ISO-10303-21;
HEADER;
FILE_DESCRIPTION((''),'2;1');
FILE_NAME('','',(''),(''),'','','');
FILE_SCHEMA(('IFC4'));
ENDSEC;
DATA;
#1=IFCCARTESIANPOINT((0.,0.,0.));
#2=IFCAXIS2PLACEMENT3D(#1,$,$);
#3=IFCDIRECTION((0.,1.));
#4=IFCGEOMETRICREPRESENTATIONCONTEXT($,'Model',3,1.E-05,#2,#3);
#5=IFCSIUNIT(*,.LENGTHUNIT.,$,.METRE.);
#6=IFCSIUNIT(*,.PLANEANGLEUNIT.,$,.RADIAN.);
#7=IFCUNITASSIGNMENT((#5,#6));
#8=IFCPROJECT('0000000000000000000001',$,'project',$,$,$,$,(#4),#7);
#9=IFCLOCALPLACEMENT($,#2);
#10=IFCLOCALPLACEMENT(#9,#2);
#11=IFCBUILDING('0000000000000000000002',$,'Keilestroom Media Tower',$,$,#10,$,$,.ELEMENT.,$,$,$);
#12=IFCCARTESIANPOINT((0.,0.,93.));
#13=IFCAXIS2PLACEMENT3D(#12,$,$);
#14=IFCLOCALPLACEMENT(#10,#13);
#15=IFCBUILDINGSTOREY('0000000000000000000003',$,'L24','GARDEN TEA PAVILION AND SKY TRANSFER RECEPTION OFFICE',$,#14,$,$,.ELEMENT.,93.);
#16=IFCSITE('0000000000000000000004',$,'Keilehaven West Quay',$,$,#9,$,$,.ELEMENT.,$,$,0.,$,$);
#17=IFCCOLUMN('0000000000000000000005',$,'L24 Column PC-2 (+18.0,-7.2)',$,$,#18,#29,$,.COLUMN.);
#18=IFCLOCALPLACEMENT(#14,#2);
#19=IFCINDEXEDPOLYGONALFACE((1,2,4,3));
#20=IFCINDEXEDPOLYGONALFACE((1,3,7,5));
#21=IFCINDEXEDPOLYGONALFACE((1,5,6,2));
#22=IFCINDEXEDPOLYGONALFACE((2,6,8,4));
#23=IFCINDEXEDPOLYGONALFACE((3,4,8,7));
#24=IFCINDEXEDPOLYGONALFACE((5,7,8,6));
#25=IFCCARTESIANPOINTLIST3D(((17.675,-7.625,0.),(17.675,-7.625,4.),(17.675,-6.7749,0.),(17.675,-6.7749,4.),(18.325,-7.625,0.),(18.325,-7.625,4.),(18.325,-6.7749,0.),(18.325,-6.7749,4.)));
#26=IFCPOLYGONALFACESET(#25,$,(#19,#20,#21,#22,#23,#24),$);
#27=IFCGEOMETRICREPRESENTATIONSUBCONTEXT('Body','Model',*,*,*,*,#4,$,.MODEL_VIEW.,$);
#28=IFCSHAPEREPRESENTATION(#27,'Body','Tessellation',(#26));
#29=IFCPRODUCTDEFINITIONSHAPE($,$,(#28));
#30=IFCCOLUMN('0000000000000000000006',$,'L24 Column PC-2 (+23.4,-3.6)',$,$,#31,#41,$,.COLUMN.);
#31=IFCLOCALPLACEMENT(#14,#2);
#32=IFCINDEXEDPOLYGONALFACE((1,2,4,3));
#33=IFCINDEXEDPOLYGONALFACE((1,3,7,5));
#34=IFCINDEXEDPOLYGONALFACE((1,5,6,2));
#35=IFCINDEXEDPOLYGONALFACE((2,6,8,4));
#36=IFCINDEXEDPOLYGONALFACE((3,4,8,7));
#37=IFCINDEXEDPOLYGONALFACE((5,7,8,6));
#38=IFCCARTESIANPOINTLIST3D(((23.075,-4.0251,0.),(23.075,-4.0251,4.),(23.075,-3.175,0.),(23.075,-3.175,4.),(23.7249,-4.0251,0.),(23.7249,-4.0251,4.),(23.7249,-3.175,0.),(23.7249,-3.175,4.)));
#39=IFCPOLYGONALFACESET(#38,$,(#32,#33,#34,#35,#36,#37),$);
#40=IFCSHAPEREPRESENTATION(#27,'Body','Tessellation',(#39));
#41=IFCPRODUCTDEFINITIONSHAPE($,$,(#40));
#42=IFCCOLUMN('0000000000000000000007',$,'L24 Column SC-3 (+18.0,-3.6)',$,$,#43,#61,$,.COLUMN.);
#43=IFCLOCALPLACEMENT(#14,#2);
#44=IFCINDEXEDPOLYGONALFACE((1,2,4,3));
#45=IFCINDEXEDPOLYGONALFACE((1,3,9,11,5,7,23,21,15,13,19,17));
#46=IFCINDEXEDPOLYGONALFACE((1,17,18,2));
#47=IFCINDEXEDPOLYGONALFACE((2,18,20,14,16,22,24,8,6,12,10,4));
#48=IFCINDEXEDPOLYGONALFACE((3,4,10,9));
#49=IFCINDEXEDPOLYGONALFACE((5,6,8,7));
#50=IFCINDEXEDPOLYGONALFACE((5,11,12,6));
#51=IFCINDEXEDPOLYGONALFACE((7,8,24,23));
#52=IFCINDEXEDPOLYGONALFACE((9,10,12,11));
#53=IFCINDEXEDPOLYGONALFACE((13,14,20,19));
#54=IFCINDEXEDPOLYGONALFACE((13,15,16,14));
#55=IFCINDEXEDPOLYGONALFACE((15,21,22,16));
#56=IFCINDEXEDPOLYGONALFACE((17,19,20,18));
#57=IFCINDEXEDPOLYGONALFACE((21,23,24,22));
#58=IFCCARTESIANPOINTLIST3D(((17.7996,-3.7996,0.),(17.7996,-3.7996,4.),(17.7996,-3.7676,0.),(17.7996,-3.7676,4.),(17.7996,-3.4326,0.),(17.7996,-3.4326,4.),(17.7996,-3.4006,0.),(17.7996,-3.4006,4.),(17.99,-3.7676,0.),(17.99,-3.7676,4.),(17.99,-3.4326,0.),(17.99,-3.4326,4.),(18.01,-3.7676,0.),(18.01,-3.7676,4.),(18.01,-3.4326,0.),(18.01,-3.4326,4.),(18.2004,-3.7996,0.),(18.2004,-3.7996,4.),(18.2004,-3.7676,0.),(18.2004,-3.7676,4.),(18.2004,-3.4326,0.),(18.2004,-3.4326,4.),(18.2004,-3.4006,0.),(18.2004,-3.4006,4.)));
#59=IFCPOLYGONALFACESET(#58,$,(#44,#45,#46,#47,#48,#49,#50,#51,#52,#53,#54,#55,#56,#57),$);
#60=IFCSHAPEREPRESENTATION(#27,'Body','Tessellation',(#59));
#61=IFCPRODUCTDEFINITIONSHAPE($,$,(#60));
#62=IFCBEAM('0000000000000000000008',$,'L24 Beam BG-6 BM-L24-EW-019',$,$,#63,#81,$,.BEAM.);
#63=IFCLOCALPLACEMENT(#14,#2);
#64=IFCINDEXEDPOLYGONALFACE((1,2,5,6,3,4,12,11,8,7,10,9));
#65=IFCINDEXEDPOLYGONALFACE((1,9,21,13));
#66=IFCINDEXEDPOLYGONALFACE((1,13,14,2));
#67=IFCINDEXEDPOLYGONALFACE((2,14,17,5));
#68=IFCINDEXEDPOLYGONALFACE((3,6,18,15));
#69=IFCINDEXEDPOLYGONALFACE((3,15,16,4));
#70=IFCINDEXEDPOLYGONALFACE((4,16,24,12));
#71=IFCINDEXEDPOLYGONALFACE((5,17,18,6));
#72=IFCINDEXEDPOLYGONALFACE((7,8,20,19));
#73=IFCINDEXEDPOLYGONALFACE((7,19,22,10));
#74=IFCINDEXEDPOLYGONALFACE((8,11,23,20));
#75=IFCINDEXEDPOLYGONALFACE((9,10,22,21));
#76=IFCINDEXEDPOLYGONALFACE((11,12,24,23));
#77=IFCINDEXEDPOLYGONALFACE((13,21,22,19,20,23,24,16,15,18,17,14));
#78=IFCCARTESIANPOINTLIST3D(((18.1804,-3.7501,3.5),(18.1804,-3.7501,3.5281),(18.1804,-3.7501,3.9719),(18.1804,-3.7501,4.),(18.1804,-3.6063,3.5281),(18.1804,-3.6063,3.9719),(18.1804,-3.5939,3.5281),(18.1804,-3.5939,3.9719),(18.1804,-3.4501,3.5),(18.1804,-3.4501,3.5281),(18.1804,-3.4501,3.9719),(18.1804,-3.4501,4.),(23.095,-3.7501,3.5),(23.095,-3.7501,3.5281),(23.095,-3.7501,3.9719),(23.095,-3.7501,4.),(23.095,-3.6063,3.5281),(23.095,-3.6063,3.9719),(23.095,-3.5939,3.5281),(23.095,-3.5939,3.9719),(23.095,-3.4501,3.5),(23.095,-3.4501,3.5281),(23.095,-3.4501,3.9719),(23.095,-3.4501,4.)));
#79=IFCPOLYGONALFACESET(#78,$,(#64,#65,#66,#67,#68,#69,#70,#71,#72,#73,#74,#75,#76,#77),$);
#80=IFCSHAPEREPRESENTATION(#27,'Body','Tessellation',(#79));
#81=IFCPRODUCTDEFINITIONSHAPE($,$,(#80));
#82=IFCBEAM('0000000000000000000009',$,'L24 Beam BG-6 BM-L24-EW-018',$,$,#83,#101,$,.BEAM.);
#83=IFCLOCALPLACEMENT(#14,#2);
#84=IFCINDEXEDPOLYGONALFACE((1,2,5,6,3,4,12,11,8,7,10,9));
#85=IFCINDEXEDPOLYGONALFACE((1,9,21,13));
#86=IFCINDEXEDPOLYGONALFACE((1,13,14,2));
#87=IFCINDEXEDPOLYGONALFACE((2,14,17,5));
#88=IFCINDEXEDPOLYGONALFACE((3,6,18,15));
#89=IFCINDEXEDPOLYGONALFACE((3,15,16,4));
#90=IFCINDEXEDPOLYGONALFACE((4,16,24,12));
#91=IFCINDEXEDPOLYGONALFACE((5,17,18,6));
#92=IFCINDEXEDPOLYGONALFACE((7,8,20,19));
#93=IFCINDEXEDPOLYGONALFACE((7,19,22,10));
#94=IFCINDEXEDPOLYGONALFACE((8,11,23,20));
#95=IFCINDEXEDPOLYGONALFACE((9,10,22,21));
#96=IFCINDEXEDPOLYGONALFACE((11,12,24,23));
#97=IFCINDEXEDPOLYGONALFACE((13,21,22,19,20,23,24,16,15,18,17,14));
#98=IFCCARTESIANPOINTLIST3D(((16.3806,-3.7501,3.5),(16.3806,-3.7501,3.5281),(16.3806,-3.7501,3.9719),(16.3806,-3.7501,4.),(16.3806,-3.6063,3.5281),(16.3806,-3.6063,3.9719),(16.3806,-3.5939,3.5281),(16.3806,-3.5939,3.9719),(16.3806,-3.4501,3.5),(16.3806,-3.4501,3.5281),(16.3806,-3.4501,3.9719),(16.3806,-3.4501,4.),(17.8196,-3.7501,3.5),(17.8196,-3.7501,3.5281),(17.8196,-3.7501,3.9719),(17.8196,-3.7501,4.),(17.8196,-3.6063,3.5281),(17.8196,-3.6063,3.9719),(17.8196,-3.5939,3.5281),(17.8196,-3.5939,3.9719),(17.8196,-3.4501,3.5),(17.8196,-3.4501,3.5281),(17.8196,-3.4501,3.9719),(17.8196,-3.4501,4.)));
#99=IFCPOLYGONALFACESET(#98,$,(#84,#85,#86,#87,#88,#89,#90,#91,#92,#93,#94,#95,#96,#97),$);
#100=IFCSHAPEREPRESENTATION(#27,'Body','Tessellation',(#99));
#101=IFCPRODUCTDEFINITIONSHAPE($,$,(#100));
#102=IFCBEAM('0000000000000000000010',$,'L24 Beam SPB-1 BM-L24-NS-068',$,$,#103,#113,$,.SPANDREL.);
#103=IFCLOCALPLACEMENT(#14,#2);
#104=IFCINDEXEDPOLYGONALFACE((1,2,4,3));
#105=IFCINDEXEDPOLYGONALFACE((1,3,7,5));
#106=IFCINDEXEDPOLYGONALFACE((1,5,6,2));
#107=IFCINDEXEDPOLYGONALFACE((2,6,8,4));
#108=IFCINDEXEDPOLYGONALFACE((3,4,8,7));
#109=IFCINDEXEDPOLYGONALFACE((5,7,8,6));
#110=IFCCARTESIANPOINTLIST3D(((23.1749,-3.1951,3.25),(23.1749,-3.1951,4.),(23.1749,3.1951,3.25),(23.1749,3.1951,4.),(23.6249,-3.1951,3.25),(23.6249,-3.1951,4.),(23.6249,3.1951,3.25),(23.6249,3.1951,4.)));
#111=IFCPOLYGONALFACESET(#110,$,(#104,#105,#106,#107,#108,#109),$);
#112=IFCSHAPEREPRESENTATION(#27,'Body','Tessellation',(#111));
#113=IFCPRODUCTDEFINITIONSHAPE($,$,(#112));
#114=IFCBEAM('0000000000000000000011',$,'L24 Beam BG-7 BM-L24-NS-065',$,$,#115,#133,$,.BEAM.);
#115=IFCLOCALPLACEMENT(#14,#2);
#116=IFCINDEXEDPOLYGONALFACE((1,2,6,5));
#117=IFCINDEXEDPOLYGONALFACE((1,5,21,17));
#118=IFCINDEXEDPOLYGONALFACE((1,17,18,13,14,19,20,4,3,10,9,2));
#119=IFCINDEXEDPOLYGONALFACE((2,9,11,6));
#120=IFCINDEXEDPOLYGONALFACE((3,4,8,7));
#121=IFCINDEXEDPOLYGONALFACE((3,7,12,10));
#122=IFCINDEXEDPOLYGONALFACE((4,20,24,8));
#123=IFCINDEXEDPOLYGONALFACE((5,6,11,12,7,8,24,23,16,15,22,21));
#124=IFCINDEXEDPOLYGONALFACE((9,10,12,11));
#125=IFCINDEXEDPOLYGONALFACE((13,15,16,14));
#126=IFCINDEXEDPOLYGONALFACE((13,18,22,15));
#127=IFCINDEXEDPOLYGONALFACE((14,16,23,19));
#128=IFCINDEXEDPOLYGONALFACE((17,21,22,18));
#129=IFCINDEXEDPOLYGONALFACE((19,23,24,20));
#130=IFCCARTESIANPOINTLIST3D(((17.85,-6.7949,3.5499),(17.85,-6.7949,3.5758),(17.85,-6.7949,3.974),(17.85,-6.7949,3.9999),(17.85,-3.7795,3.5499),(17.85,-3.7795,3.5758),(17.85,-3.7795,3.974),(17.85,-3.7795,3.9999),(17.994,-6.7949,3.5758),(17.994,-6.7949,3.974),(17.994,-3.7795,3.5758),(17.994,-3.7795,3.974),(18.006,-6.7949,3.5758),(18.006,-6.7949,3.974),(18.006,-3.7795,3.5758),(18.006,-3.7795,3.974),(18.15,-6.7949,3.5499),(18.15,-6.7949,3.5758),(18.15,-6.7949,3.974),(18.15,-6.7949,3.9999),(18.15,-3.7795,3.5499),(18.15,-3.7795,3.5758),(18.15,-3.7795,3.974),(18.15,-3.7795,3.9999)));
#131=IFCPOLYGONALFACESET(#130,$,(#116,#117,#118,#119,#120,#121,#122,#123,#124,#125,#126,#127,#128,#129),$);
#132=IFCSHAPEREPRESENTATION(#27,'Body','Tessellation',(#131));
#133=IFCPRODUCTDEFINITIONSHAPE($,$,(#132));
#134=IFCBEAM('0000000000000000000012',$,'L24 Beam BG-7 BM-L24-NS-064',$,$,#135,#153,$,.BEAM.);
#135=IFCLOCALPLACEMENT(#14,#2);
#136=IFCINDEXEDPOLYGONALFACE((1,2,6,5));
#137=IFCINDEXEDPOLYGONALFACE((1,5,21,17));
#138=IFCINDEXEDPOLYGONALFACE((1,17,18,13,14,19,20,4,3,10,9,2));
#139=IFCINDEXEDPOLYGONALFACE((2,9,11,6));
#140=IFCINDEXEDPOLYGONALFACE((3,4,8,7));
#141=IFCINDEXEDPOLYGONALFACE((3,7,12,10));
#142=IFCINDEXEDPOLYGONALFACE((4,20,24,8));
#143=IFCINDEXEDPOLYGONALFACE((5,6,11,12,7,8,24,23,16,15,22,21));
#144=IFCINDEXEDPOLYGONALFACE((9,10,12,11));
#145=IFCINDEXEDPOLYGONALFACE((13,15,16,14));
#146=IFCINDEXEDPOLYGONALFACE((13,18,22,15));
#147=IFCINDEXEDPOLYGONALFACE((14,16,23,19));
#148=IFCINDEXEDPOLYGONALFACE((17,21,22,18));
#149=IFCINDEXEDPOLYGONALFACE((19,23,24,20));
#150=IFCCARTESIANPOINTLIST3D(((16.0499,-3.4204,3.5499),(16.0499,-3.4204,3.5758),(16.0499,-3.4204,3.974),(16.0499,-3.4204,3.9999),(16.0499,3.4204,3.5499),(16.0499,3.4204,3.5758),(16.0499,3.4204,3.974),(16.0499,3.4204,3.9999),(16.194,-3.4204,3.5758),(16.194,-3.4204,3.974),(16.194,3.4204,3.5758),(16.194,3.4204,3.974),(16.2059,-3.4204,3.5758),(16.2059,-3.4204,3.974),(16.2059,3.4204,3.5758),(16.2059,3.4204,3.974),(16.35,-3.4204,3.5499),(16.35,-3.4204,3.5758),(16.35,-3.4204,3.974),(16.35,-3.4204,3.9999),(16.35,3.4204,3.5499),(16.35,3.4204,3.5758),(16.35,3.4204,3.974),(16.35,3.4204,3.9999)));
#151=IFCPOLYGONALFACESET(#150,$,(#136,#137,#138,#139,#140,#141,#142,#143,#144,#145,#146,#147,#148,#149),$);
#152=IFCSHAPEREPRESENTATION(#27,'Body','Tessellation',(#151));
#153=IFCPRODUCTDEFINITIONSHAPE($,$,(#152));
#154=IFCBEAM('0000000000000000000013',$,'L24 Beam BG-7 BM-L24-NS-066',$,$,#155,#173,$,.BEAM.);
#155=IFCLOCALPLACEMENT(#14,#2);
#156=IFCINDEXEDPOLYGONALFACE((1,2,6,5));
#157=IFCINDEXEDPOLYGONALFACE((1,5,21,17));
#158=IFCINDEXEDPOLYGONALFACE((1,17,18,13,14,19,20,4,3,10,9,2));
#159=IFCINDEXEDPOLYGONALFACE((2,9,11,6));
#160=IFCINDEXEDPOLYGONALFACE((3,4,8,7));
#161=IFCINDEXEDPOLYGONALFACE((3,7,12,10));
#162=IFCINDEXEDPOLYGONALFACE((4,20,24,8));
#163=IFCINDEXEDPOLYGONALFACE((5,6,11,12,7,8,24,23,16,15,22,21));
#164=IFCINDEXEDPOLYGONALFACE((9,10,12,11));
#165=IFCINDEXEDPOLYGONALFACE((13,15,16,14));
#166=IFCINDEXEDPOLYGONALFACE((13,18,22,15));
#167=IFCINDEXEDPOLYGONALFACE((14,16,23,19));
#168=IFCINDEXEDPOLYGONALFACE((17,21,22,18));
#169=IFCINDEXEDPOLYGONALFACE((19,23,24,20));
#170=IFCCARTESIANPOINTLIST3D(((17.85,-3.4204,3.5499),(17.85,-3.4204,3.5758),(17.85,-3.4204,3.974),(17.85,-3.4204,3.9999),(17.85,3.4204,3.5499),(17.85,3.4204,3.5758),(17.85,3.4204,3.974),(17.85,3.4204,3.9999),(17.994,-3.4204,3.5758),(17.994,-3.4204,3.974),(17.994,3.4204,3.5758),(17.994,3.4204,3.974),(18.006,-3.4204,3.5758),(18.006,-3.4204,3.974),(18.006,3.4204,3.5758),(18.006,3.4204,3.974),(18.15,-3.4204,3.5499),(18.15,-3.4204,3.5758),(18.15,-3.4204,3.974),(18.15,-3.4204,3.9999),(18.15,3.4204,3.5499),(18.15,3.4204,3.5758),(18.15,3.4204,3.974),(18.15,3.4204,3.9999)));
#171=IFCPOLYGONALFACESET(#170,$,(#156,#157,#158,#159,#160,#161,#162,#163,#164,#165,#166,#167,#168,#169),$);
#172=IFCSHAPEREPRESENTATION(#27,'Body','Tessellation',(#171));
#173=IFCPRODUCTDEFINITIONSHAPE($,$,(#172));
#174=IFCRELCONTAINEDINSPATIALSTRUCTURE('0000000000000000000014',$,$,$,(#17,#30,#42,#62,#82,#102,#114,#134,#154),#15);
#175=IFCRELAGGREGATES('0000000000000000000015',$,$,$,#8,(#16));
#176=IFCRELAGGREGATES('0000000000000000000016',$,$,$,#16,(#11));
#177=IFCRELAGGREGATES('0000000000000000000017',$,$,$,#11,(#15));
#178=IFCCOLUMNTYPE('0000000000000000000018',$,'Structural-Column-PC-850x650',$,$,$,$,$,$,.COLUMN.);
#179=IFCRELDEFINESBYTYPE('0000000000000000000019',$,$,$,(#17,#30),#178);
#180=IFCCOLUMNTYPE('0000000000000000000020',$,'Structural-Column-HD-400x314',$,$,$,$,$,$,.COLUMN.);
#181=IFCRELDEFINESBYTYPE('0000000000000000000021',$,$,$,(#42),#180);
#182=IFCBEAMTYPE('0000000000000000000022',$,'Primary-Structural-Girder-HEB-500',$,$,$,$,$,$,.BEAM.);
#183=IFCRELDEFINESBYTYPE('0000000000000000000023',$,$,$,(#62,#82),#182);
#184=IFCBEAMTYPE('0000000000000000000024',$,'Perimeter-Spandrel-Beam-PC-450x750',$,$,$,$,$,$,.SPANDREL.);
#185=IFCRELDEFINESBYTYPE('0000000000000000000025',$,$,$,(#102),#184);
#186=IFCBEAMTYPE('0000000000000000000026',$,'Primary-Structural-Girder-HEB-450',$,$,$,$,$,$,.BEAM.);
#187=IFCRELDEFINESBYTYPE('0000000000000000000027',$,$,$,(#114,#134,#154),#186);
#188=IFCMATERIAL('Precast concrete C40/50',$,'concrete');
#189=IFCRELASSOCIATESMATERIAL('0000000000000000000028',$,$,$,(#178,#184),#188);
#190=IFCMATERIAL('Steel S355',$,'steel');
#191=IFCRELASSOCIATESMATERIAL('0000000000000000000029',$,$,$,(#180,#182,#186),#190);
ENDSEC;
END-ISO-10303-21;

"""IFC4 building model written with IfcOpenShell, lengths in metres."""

from ifc_helpers import new_model, si_unit, direction, frame, origin, origin_2d, place, context, subcontext, project, spatial, rectangle, i_section, extrude, source, transform, mapped, material, material_profile, profile_set, type_object, element, save


model = new_model("IFC4")

# Units and contexts
model_context = context("Model", 3, precision=1e-05, world=origin(), true_north=direction((0.0, 1.0)))
body_context = subcontext(model_context, "Body", "Model", "MODEL_VIEW")
ifc_project = project(units=[si_unit("LENGTHUNIT", "METRE"), si_unit("PLANEANGLEUNIT", "RADIAN")], contexts=[model_context])

# Site, building, storey
site_placement = place(None, origin())
site = spatial("IfcSite", under=ifc_project, at=site_placement, Name="Keilehaven West Quay", CompositionType="ELEMENT", RefElevation=0.0)
building_placement = place(site_placement, origin())
building = spatial("IfcBuilding", under=site, at=building_placement, Name="Keilestroom Media Tower", CompositionType="ELEMENT")
storey_placement = place(building_placement, frame((0.0, 0.0, 93.0)))
storey = spatial("IfcBuildingStorey", under=building, at=storey_placement, Name="L24", Description="GARDEN TEA PAVILION AND SKY TRANSFER RECEPTION OFFICE", CompositionType="ELEMENT", Elevation=93.0)

# Columns
ifc_material_1 = material(Name="Precast concrete C40/50", Category="concrete")
ifc_material_profile_1 = material_profile(ifc_material_1, rectangle(XDim=0.6499, YDim=0.8501, at=origin_2d()), Name="PC 850x650")
ifc_profile_set_1 = profile_set([ifc_material_profile_1], Name="Precast concrete C40/50")
column_type_1 = type_object("IfcColumnType", Name="Structural-Column-PC-850x650", PredefinedType="COLUMN", material=ifc_profile_set_1)
shared_shape_1 = source(origin(), body_context, "Body", "SweptSolid", [
    extrude(rectangle(XDim=0.6499, YDim=0.8501, at=origin_2d()), origin(), (0.0, 0.0, 1.0), 4.0),
])
for number, where, z_axis, x_axis, name in (
    (1, (18.0, -7.2, 0.0), (0.0, 0.0, 1.0), (1.0, 0.0, 0.0), "L24 Column PC-2 (+18.0,-7.2)"),
    (2, (23.3999, -3.6001, 0.0), (0.0, 0.0, 1.0), (1.0, 0.0, 0.0), "L24 Column PC-2 (+23.4,-3.6)"),
):
    element("IfcColumn", number, at=place(storey_placement, frame(where, z_axis=z_axis, x_axis=x_axis)), inside=storey, type_object=column_type_1, Name=name, PredefinedType="COLUMN", context=body_context, shape_type="MappedRepresentation", body=[
        mapped(shared_shape_1, transform((0.0, 0.0, 0.0), x_axis=(1.0, 0.0, 0.0), y_axis=(0.0, 1.0, 0.0), z_axis=(0.0, 0.0, 1.0), scale=1.0)),
    ])
ifc_material_2 = material(Name="Steel S355", Category="steel")
ifc_material_profile_2 = material_profile(ifc_material_2, i_section(OverallWidth=0.4009, OverallDepth=0.3989, WebThickness=0.02, FlangeThickness=0.032, at=origin_2d()), Name="HD 400x314")
ifc_profile_set_2 = profile_set([ifc_material_profile_2], Name="Steel S355")
column_type_2 = type_object("IfcColumnType", Name="Structural-Column-HD-400x314", PredefinedType="COLUMN", material=ifc_profile_set_2)
shared_shape_2 = source(origin(), body_context, "Body", "SweptSolid", [
    extrude(i_section(OverallWidth=0.4009, OverallDepth=0.3989, WebThickness=0.02, FlangeThickness=0.032, at=origin_2d()), origin(), (0.0, 0.0, 1.0), 4.0),
])
column_placement = place(storey_placement, frame((18.0, -3.6001, 0.0), z_axis=(0.0, 0.0, 1.0), x_axis=(1.0, 0.0, 0.0)))
element("IfcColumn", 3, at=column_placement, inside=storey, type_object=column_type_2, Name="L24 Column SC-3 (+18.0,-3.6)", PredefinedType="COLUMN", context=body_context, shape_type="MappedRepresentation", body=[
    mapped(shared_shape_2, transform((0.0, 0.0, 0.0), x_axis=(1.0, 0.0, 0.0), y_axis=(0.0, 1.0, 0.0), z_axis=(0.0, 0.0, 1.0), scale=1.0)),
])

# Beams
ifc_material_profile_3 = material_profile(ifc_material_2, i_section(OverallWidth=0.3, OverallDepth=0.5, WebThickness=0.0125, FlangeThickness=0.0281, at=origin_2d()), Name="HEB 500")
ifc_profile_set_3 = profile_set([ifc_material_profile_3], Name="Steel S355")
beam_type_1 = type_object("IfcBeamType", Name="Primary-Structural-Girder-HEB-500", PredefinedType="BEAM", material=ifc_profile_set_3)
shared_shape_3 = source(origin(), body_context, "Body", "SweptSolid", [
    extrude(i_section(OverallWidth=0.3, OverallDepth=0.5, WebThickness=0.0125, FlangeThickness=0.0281, at=origin_2d()), origin(), (0.0, 0.0, 1.0), 4.9146),
])
beam_1_placement = place(storey_placement, frame((18.1804, -3.6001, 3.75), z_axis=(1.0, 0.0, 0.0), x_axis=(0.0, 1.0, 0.0)))
element("IfcBeam", 4, at=beam_1_placement, inside=storey, type_object=beam_type_1, Name="L24 Beam BG-6 BM-L24-EW-019", PredefinedType="BEAM", context=body_context, shape_type="MappedRepresentation", body=[
    mapped(shared_shape_3, transform((0.0, 0.0, 0.0), x_axis=(1.0, 0.0, 0.0), y_axis=(0.0, 1.0, 0.0), z_axis=(0.0, 0.0, 1.0), scale=1.0)),
])
shared_shape_4 = source(origin(), body_context, "Body", "SweptSolid", [
    extrude(i_section(OverallWidth=0.3, OverallDepth=0.5, WebThickness=0.0125, FlangeThickness=0.0281, at=origin_2d()), origin(), (0.0, 0.0, 1.0), 1.439),
])
beam_2_placement = place(storey_placement, frame((16.3806, -3.6001, 3.75), z_axis=(1.0, 0.0, 0.0), x_axis=(0.0, 1.0, 0.0)))
element("IfcBeam", 5, at=beam_2_placement, inside=storey, type_object=beam_type_1, Name="L24 Beam BG-6 BM-L24-EW-018", PredefinedType="BEAM", context=body_context, shape_type="MappedRepresentation", body=[
    mapped(shared_shape_4, transform((0.0, 0.0, 0.0), x_axis=(1.0, 0.0, 0.0), y_axis=(0.0, 1.0, 0.0), z_axis=(0.0, 0.0, 1.0), scale=1.0)),
])
ifc_material_profile_4 = material_profile(ifc_material_1, rectangle(XDim=0.45, YDim=0.75, at=origin_2d()), Name="PC 450x750")
ifc_profile_set_4 = profile_set([ifc_material_profile_4], Name="Precast concrete C40/50")
beam_type_2 = type_object("IfcBeamType", Name="Perimeter-Spandrel-Beam-PC-450x750", PredefinedType="SPANDREL", material=ifc_profile_set_4)
shared_shape_5 = source(origin(), body_context, "Body", "SweptSolid", [
    extrude(rectangle(XDim=0.45, YDim=0.75, at=origin_2d()), origin(), (0.0, 0.0, 1.0), 6.3901),
])
beam_3_placement = place(storey_placement, frame((23.3999, -3.1951, 3.625), z_axis=(0.0, 1.0, 0.0), x_axis=(-1.0, 0.0, 0.0)))
element("IfcBeam", 6, at=beam_3_placement, inside=storey, type_object=beam_type_2, Name="L24 Beam SPB-1 BM-L24-NS-068", PredefinedType="SPANDREL", context=body_context, shape_type="MappedRepresentation", body=[
    mapped(shared_shape_5, transform((0.0, 0.0, 0.0), x_axis=(1.0, 0.0, 0.0), y_axis=(0.0, 1.0, 0.0), z_axis=(0.0, 0.0, 1.0), scale=1.0)),
])
ifc_material_profile_5 = material_profile(ifc_material_2, i_section(OverallWidth=0.3, OverallDepth=0.45, WebThickness=0.012, FlangeThickness=0.0259, at=origin_2d()), Name="HEB 450")
ifc_profile_set_5 = profile_set([ifc_material_profile_5], Name="Steel S355")
beam_type_3 = type_object("IfcBeamType", Name="Primary-Structural-Girder-HEB-450", PredefinedType="BEAM", material=ifc_profile_set_5)
shared_shape_6 = source(origin(), body_context, "Body", "SweptSolid", [
    extrude(i_section(OverallWidth=0.3, OverallDepth=0.45, WebThickness=0.012, FlangeThickness=0.0259, at=origin_2d()), origin(), (0.0, 0.0, 1.0), 3.0154),
])
beam_4_placement = place(storey_placement, frame((18.0, -6.7949, 3.7749), z_axis=(0.0, 1.0, 0.0), x_axis=(-1.0, 0.0, 0.0)))
element("IfcBeam", 7, at=beam_4_placement, inside=storey, type_object=beam_type_3, Name="L24 Beam BG-7 BM-L24-NS-065", PredefinedType="BEAM", context=body_context, shape_type="MappedRepresentation", body=[
    mapped(shared_shape_6, transform((0.0, 0.0, 0.0), x_axis=(1.0, 0.0, 0.0), y_axis=(0.0, 1.0, 0.0), z_axis=(0.0, 0.0, 1.0), scale=1.0)),
])
shared_shape_7 = source(origin(), body_context, "Body", "SweptSolid", [
    extrude(i_section(OverallWidth=0.3, OverallDepth=0.45, WebThickness=0.012, FlangeThickness=0.0259, at=origin_2d()), origin(), (0.0, 0.0, 1.0), 6.8408),
])
for number, where, z_axis, x_axis, name in (
    (8, (16.2, -3.4204, 3.7749), (0.0, 1.0, 0.0), (-1.0, 0.0, 0.0), "L24 Beam BG-7 BM-L24-NS-064"),
    (9, (18.0, -3.4204, 3.7749), (0.0, 1.0, 0.0), (-1.0, 0.0, 0.0), "L24 Beam BG-7 BM-L24-NS-066"),
):
    element("IfcBeam", number, at=place(storey_placement, frame(where, z_axis=z_axis, x_axis=x_axis)), inside=storey, type_object=beam_type_3, Name=name, PredefinedType="BEAM", context=body_context, shape_type="MappedRepresentation", body=[
        mapped(shared_shape_7, transform((0.0, 0.0, 0.0), x_axis=(1.0, 0.0, 0.0), y_axis=(0.0, 1.0, 0.0), z_axis=(0.0, 0.0, 1.0), scale=1.0)),
    ])

save(model, "model.ifc")
